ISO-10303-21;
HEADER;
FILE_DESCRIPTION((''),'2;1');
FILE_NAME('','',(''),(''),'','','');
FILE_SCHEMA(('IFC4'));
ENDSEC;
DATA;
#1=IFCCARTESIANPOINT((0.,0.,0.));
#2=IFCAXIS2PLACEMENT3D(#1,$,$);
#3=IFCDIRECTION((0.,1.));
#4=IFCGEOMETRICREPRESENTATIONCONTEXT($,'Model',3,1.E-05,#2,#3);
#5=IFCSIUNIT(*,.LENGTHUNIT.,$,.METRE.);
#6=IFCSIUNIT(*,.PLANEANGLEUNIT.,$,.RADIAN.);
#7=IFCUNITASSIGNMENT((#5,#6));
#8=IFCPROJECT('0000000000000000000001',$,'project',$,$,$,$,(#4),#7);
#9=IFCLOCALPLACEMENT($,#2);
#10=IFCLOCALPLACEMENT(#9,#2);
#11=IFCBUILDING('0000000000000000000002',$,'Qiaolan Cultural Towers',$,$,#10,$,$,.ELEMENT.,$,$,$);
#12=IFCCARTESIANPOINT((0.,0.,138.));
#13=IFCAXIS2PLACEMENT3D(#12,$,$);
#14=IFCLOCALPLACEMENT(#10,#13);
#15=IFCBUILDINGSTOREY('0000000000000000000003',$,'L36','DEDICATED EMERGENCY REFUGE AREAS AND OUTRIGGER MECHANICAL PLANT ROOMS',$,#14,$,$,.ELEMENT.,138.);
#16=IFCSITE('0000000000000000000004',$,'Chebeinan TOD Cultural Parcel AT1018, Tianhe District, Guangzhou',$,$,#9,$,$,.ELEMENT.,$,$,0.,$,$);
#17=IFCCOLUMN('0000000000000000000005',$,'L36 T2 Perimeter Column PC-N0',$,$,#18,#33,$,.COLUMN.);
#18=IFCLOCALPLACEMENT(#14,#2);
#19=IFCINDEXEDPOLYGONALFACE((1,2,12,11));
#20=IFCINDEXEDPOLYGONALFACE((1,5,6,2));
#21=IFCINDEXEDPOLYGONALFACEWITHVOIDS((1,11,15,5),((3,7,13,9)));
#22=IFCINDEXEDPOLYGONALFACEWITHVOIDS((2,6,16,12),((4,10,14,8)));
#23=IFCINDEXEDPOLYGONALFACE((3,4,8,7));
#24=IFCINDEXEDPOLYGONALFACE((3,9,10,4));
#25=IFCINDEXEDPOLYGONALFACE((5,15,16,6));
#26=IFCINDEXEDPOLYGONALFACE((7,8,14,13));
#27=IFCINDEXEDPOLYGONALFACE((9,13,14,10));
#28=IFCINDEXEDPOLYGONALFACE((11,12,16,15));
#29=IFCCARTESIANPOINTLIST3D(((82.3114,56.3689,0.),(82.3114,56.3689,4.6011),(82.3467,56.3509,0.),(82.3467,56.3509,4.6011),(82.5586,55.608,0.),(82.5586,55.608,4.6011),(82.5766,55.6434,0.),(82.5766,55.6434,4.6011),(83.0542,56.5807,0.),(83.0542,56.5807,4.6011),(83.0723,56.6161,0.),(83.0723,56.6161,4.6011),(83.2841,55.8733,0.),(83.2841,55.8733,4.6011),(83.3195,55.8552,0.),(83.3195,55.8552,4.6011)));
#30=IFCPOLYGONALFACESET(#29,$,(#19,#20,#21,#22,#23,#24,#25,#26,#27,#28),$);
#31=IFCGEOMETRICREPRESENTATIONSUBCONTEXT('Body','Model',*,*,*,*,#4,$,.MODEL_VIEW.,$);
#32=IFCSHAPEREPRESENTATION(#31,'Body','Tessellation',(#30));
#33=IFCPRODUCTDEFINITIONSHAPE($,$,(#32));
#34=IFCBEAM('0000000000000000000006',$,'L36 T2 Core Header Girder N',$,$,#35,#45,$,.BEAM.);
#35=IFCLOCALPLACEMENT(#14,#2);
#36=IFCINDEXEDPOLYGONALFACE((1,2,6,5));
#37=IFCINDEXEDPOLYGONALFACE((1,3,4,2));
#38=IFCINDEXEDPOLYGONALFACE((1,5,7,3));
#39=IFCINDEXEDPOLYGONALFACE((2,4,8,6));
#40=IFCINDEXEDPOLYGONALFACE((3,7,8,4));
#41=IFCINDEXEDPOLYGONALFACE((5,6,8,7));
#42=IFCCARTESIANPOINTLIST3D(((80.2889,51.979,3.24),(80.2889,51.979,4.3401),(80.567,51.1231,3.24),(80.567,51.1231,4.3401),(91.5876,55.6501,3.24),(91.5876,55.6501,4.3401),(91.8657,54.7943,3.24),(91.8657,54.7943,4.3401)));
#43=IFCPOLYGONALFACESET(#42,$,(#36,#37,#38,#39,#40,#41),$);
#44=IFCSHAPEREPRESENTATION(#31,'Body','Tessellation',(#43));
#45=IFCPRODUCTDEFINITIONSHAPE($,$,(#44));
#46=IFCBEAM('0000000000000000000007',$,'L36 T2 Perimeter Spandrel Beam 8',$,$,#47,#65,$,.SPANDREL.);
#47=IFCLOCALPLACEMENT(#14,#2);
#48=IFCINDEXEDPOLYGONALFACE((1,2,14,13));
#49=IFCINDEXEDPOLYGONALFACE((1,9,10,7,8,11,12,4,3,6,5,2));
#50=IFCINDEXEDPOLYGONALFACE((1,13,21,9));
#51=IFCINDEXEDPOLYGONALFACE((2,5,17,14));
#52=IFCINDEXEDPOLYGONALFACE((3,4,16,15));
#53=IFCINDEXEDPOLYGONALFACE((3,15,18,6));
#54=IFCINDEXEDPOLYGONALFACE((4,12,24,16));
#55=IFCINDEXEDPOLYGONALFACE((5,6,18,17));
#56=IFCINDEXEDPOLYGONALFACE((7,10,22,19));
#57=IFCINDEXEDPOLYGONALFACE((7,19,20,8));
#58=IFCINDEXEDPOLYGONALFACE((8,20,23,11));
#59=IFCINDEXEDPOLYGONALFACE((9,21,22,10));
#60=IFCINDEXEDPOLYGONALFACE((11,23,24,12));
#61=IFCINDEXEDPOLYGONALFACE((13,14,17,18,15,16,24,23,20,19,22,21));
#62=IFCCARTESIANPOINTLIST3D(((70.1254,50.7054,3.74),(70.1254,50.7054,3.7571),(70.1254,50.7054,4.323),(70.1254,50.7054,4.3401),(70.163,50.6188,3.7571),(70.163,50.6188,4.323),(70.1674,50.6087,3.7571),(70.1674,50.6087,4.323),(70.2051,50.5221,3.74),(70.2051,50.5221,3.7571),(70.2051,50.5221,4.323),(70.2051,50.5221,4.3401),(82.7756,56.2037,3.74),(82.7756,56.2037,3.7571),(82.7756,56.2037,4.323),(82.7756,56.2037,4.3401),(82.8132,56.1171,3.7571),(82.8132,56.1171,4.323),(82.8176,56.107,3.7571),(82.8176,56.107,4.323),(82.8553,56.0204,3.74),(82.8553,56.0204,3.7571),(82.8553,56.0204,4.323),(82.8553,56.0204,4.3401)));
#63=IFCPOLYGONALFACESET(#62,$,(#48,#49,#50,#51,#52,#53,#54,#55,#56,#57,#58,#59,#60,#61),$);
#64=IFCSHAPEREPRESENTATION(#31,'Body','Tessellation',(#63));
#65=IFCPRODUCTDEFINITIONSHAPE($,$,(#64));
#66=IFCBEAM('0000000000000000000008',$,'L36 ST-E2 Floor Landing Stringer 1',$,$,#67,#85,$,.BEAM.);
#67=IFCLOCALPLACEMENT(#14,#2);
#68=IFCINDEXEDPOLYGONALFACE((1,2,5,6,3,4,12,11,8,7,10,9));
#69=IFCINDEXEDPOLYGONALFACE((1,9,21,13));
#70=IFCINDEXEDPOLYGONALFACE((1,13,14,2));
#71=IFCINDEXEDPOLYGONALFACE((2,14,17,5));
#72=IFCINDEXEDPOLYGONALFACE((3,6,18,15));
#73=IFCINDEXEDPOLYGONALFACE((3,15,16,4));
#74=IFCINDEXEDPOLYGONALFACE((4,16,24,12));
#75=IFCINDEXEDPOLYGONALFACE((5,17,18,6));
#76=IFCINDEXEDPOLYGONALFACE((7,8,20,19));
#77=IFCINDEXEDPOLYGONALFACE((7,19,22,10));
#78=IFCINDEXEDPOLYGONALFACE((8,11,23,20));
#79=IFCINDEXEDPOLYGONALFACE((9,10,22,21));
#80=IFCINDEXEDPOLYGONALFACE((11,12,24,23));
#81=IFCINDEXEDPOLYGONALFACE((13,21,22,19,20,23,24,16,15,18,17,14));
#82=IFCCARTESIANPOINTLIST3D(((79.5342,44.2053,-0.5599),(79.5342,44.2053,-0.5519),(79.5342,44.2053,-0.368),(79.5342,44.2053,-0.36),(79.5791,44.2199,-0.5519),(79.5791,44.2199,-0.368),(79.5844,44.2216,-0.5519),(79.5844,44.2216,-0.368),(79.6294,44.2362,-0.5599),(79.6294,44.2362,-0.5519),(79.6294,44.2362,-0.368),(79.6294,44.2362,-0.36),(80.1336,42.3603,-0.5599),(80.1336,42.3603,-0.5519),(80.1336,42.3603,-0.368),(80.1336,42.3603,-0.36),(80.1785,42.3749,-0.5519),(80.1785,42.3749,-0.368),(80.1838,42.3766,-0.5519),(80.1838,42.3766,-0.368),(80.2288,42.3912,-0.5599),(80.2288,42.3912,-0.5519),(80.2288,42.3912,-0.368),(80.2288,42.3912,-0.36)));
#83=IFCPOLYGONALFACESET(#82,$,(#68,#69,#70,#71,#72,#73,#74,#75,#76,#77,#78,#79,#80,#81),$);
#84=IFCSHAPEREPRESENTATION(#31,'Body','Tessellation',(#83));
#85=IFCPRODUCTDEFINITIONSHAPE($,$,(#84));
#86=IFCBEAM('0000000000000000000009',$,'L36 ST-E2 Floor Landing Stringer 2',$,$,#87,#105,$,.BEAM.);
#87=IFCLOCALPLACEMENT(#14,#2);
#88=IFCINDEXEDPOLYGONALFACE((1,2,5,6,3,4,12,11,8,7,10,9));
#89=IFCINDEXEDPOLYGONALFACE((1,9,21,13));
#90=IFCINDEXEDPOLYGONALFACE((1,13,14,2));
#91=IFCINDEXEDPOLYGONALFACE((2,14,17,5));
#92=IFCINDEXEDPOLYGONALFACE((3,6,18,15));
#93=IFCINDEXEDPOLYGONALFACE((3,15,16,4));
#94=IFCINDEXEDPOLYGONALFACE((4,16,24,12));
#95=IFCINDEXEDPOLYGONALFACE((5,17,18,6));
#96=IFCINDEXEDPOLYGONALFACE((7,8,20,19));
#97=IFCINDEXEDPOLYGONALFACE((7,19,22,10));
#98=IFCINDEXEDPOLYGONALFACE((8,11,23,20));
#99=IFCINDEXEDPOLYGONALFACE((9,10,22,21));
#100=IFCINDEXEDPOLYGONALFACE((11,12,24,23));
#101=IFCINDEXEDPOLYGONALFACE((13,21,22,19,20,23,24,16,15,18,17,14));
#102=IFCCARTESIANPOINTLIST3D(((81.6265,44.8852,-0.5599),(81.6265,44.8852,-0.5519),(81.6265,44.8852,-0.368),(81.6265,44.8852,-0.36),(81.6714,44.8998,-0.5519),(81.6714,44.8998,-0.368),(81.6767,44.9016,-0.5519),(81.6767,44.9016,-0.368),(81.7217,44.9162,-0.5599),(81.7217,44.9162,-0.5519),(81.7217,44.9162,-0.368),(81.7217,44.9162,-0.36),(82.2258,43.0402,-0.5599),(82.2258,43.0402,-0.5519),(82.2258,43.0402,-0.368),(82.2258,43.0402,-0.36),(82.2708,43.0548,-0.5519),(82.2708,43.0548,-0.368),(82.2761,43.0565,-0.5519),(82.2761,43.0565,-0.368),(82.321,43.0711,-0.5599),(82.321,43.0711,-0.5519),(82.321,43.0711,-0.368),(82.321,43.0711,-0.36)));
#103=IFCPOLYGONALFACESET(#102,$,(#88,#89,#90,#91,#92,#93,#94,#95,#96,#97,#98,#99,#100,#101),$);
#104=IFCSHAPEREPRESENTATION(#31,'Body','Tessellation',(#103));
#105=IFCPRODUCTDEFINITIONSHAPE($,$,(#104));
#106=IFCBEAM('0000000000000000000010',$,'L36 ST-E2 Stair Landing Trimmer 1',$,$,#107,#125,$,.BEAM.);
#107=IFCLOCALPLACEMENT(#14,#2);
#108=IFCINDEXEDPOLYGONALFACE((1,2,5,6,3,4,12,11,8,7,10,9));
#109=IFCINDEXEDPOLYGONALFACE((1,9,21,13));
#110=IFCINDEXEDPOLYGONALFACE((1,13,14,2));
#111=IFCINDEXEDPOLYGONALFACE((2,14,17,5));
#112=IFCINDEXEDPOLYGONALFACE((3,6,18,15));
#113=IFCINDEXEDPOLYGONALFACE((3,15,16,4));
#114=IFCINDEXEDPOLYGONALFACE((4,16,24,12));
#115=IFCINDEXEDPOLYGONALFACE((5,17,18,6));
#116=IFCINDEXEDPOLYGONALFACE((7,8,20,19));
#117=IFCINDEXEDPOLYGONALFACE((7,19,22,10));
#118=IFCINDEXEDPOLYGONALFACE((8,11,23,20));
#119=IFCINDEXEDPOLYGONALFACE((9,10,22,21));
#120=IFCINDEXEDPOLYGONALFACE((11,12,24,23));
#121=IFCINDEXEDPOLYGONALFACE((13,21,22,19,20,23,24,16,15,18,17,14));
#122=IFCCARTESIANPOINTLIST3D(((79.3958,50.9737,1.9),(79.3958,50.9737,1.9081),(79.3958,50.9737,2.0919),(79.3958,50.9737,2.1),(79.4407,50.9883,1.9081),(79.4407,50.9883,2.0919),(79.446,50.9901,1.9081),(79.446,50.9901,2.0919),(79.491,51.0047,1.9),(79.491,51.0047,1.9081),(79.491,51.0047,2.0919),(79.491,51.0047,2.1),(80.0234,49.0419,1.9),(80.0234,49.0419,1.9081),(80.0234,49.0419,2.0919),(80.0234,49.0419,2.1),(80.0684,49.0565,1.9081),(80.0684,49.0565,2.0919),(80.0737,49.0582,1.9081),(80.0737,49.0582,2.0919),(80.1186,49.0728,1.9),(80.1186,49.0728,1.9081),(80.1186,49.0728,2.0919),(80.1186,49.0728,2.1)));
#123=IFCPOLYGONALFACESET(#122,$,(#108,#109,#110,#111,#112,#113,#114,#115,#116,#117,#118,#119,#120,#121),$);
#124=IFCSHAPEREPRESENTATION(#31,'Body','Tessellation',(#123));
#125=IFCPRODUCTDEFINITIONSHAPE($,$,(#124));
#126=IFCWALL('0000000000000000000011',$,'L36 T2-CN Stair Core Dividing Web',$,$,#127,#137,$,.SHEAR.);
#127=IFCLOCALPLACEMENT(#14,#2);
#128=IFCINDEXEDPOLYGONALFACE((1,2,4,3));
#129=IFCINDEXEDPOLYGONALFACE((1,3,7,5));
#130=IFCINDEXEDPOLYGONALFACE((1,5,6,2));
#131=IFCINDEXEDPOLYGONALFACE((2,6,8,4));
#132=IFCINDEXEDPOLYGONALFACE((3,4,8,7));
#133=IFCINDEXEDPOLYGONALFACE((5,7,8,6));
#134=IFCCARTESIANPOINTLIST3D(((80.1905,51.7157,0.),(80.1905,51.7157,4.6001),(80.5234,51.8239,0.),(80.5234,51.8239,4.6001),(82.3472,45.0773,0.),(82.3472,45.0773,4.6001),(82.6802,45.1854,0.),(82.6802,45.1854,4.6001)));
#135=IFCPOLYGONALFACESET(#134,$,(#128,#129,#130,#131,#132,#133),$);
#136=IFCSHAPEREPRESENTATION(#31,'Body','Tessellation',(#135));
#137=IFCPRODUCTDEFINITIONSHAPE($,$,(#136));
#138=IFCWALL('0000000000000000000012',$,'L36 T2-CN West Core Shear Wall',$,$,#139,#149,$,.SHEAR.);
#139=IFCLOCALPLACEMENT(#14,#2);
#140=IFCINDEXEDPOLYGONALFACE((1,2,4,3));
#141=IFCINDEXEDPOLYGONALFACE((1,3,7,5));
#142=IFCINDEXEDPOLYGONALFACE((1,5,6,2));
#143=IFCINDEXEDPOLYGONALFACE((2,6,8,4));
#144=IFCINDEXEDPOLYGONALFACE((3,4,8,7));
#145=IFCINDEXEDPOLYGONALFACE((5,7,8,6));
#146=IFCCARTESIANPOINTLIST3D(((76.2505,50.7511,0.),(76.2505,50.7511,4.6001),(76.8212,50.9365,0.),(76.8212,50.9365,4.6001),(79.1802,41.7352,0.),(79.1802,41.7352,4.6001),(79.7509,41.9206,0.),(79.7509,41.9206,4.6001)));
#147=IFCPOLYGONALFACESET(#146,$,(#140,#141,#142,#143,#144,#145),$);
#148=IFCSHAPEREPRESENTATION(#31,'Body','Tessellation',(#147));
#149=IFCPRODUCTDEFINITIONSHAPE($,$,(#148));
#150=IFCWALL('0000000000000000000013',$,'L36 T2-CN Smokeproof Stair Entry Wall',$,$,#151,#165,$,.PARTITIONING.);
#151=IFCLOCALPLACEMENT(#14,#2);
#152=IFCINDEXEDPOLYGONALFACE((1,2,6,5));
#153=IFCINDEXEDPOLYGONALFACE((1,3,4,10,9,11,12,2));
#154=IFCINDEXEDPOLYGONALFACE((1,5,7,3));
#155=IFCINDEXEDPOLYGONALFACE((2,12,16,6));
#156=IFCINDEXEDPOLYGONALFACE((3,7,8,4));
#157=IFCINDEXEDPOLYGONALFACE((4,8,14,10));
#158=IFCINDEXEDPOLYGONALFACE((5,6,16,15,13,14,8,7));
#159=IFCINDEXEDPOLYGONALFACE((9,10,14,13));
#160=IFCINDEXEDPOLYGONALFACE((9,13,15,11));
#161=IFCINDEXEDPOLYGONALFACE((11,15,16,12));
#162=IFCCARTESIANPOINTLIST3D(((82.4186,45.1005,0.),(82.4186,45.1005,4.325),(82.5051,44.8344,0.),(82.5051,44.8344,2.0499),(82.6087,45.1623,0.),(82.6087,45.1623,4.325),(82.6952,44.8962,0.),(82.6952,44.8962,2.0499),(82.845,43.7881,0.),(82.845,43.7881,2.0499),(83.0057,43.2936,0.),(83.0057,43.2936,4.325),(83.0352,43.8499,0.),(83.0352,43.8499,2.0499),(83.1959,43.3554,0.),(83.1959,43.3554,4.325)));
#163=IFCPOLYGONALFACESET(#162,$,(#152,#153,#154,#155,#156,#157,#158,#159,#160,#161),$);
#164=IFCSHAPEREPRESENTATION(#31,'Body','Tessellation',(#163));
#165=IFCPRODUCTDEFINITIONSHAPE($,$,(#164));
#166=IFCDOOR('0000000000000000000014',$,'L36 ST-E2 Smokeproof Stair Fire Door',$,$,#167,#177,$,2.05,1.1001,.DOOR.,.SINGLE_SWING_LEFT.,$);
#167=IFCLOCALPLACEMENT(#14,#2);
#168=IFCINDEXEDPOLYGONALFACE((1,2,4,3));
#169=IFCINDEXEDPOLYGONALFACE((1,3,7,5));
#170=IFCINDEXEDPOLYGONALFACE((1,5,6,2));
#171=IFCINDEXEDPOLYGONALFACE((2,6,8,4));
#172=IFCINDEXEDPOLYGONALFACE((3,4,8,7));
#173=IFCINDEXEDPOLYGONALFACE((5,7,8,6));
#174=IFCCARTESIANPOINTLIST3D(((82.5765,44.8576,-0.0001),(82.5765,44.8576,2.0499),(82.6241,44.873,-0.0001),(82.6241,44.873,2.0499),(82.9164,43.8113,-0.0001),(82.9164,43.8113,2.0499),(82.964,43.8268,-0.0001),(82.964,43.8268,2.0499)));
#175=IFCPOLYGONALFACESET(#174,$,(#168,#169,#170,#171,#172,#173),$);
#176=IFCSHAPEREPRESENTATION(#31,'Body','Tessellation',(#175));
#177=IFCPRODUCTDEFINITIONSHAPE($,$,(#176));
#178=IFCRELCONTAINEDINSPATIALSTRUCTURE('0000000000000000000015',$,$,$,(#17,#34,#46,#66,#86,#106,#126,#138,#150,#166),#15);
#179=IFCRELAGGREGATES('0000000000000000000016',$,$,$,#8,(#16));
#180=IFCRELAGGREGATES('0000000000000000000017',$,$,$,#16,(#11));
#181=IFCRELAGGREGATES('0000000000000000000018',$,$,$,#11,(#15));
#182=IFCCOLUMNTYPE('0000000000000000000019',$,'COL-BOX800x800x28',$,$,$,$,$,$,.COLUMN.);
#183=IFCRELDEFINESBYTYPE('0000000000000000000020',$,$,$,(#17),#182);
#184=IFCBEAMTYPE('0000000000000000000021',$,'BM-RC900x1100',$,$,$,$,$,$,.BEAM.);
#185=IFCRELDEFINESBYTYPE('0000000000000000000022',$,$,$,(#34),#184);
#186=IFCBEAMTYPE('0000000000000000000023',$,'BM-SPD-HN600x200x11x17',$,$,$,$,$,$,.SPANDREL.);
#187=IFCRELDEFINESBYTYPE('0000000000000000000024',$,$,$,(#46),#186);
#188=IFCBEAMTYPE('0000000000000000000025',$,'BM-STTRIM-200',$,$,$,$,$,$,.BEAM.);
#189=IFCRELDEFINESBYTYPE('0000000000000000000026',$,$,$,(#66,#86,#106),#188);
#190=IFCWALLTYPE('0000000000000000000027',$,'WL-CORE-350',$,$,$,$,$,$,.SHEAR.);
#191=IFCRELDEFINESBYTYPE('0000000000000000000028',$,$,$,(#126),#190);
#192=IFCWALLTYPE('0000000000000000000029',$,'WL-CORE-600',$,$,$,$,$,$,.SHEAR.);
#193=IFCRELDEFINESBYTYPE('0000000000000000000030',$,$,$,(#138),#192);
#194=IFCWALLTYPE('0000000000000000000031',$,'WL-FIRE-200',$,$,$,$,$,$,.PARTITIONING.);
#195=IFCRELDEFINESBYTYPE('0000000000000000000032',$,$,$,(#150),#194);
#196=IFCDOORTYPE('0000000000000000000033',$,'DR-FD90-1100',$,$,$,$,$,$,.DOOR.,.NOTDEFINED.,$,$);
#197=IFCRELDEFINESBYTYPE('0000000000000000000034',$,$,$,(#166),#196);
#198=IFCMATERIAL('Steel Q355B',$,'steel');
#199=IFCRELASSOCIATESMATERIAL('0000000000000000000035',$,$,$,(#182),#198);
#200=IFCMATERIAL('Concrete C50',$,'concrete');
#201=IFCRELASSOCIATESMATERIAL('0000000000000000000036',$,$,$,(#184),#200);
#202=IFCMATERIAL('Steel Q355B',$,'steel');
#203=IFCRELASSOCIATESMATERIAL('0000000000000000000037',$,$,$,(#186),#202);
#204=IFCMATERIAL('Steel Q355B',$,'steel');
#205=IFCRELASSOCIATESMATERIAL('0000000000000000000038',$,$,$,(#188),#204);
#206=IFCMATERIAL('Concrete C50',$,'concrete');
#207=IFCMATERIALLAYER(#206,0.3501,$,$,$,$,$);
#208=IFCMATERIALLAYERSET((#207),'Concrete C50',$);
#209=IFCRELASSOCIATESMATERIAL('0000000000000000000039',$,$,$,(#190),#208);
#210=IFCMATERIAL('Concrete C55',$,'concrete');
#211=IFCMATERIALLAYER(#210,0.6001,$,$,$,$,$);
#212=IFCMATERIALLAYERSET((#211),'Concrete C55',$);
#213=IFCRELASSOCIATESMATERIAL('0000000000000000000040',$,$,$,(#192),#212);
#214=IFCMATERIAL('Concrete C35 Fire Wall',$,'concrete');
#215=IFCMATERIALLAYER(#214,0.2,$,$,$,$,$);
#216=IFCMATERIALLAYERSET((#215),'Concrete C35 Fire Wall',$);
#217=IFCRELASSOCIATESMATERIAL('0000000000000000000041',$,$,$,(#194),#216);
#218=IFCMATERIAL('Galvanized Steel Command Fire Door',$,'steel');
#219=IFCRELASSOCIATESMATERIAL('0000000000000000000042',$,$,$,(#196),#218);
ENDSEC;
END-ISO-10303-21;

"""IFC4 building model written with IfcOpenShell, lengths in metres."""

from ifc_helpers import new_model, si_unit, direction, frame, frame_2d, origin, origin_2d, place, context, subcontext, project, spatial, rectangle, hollow_rectangle, i_section, extrude, material, layer, layer_set, material_profile, profile_set, type_object, element, fill, save


model = new_model("IFC4")

# Units and contexts
model_context = context("Model", 3, precision=1e-05, world=origin(), true_north=direction((0.0, 1.0)))
body_context = subcontext(model_context, "Body", "Model", "MODEL_VIEW")
ifc_project = project(units=[si_unit("LENGTHUNIT", "METRE"), si_unit("PLANEANGLEUNIT", "RADIAN")], contexts=[model_context])

# Site, building, storey
site_placement = place(None, origin())
site = spatial("IfcSite", under=ifc_project, at=site_placement, Name="Chebeinan TOD Cultural Parcel AT1018, Tianhe District, Guangzhou", CompositionType="ELEMENT", RefElevation=0.0)
building_placement = place(site_placement, origin())
building = spatial("IfcBuilding", under=site, at=building_placement, Name="Qiaolan Cultural Towers", CompositionType="ELEMENT")
storey_placement = place(building_placement, frame((0.0, 0.0, 138.0)))
storey = spatial("IfcBuildingStorey", under=building, at=storey_placement, Name="L36", Description="DEDICATED EMERGENCY REFUGE AREAS AND OUTRIGGER MECHANICAL PLANT ROOMS", CompositionType="ELEMENT", Elevation=138.0)

# Column
ifc_material_1 = material(Name="Steel Q355B", Category="steel")
ifc_material_profile_1 = material_profile(ifc_material_1, hollow_rectangle(XDim=0.8, YDim=0.8, WallThickness=0.0281, at=origin_2d()), Name="BOX800x800x28")
ifc_profile_set_1 = profile_set([ifc_material_profile_1], Name="Steel Q355B")
column_type = type_object("IfcColumnType", Name="COL-BOX800x800x28", PredefinedType="COLUMN", material=ifc_profile_set_1)
column_placement = place(storey_placement, frame((82.8154, 56.1121, 0.0), z_axis=(0.0, 0.0, 1.0), x_axis=(0.951057, 0.309017, 0.0)))
element("IfcColumn", 1, at=column_placement, inside=storey, type_object=column_type, Name="L36 T2 Perimeter Column PC-N0", PredefinedType="COLUMN", context=body_context, shape_type="SweptSolid", body=[
    extrude(hollow_rectangle(XDim=0.8, YDim=0.8, WallThickness=0.0281, at=origin_2d()), origin(), (0.0, 0.0, 1.0), 4.6011),
])

# Beams
ifc_material_2 = material(Name="Concrete C50", Category="concrete")
ifc_material_profile_2 = material_profile(ifc_material_2, rectangle(XDim=0.8999, YDim=1.1001, at=origin_2d()), Name="RC900x1100")
ifc_profile_set_2 = profile_set([ifc_material_profile_2], Name="Concrete C50")
beam_type_1 = type_object("IfcBeamType", Name="BM-RC900x1100", PredefinedType="BEAM", material=ifc_profile_set_2)
beam_1_placement = place(storey_placement, frame((80.428, 51.551, 3.79), z_axis=(0.951056, 0.309018, 0.0), x_axis=(-0.309018, 0.951056, 0.0)))
element("IfcBeam", 2, at=beam_1_placement, inside=storey, type_object=beam_type_1, Name="L36 T2 Core Header Girder N", PredefinedType="BEAM", context=body_context, shape_type="SweptSolid", body=[
    extrude(rectangle(XDim=0.8999, YDim=1.1001, at=origin_2d()), origin(), (0.0, 0.0, 1.0), 11.8801),
])
ifc_material_3 = material(Name="Steel Q355B", Category="steel")
ifc_material_profile_3 = material_profile(ifc_material_3, i_section(OverallWidth=0.2, OverallDepth=0.6001, WebThickness=0.011, FlangeThickness=0.0171, at=origin_2d()), Name="HN600x200x11x17")
ifc_profile_set_3 = profile_set([ifc_material_profile_3], Name="Steel Q355B")
beam_type_2 = type_object("IfcBeamType", Name="BM-SPD-HN600x200x11x17", PredefinedType="SPANDREL", material=ifc_profile_set_3)
beam_2_placement = place(storey_placement, frame((82.8154, 56.1121, 4.04), z_axis=(-0.917117, -0.398618, 0.0), x_axis=(0.398618, -0.917117, 0.0)))
element("IfcBeam", 3, at=beam_2_placement, inside=storey, type_object=beam_type_2, Name="L36 T2 Perimeter Spandrel Beam 8", PredefinedType="SPANDREL", context=body_context, shape_type="SweptSolid", body=[
    extrude(i_section(OverallWidth=0.2, OverallDepth=0.6001, WebThickness=0.011, FlangeThickness=0.0171, at=origin_2d()), origin(), (0.0, 0.0, 1.0), 13.7935),
])
ifc_material_4 = material(Name="Steel Q355B", Category="steel")
ifc_material_profile_4 = material_profile(ifc_material_4, i_section(OverallWidth=0.1001, OverallDepth=0.2, WebThickness=0.0056, FlangeThickness=0.0081, at=origin_2d()), Name="HN200x100x5.5x8")
ifc_profile_set_4 = profile_set([ifc_material_profile_4], Name="Steel Q355B")
beam_type_3 = type_object("IfcBeamType", Name="BM-STTRIM-200", PredefinedType="BEAM", material=ifc_profile_set_4)
for number, where, z_axis, x_axis, name in (
    (4, (80.1812, 42.3757, -0.46), (-0.308969, 0.951072, 0.0), (-0.951072, -0.308969, 0.0), "L36 ST-E2 Floor Landing Stringer 1"),
    (5, (82.2734, 43.0557, -0.46), (-0.308969, 0.951072, 0.0), (-0.951072, -0.308969, 0.0), "L36 ST-E2 Floor Landing Stringer 2"),
):
    element("IfcBeam", number, at=place(storey_placement, frame(where, z_axis=z_axis, x_axis=x_axis)), inside=storey, type_object=beam_type_3, Name=name, PredefinedType="BEAM", context=body_context, shape_type="SweptSolid", body=[
        extrude(i_section(OverallWidth=0.1001, OverallDepth=0.2, WebThickness=0.0056, FlangeThickness=0.0081, at=origin_2d()), origin(), (0.0, 0.0, 1.0), 1.9399),
    ])
beam_3_placement = place(storey_placement, frame((80.071, 49.0574, 2.0), z_axis=(-0.309007, 0.95106, 0.0), x_axis=(-0.95106, -0.309007, 0.0)))
element("IfcBeam", 6, at=beam_3_placement, inside=storey, type_object=beam_type_3, Name="L36 ST-E2 Stair Landing Trimmer 1", PredefinedType="BEAM", context=body_context, shape_type="SweptSolid", body=[
    extrude(i_section(OverallWidth=0.1001, OverallDepth=0.2, WebThickness=0.0056, FlangeThickness=0.0081, at=origin_2d()), origin(), (0.0, 0.0, 1.0), 2.0312),
])

# Walls
ifc_material_5 = material(Name="Concrete C50", Category="concrete")
ifc_layer_1 = layer(ifc_material_5, 0.3501)
ifc_layer_set_1 = layer_set([ifc_layer_1], Name="Concrete C50")
wall_type_1 = type_object("IfcWallType", Name="WL-CORE-350", PredefinedType="SHEAR", material=ifc_layer_set_1)
wall_1_placement = place(storey_placement, frame((82.5137, 45.1313, 0.0), z_axis=(0.0, 0.0, 1.0), x_axis=(-0.308989, 0.951066, 0.0)))
element("IfcWall", 7, at=wall_1_placement, inside=storey, type_object=wall_type_1, Name="L36 T2-CN Stair Core Dividing Web", PredefinedType="SHEAR", context=body_context, shape_type="SweptSolid", body=[
    extrude(rectangle(XDim=6.98, YDim=0.3501, at=frame_2d((3.49, 0.0))), origin(), (0.0, 0.0, 1.0), 4.6001),
])
ifc_material_6 = material(Name="Concrete C55", Category="concrete")
ifc_layer_2 = layer(ifc_material_6, 0.6001)
ifc_layer_set_2 = layer_set([ifc_layer_2], Name="Concrete C55")
wall_type_2 = type_object("IfcWallType", Name="WL-CORE-600", PredefinedType="SHEAR", material=ifc_layer_set_2)
wall_2_placement = place(storey_placement, frame((79.4656, 41.8279, 0.0), z_axis=(0.0, 0.0, 1.0), x_axis=(-0.309041, 0.951049, 0.0)))
element("IfcWall", 8, at=wall_2_placement, inside=storey, type_object=wall_type_2, Name="L36 T2-CN West Core Shear Wall", PredefinedType="SHEAR", context=body_context, shape_type="SweptSolid", body=[
    extrude(rectangle(XDim=9.48, YDim=0.6001, at=frame_2d((4.74, 0.0))), origin(), (0.0, 0.0, 1.0), 4.6001),
])

# Wall, opening, door
ifc_material_7 = material(Name="Concrete C35 Fire Wall", Category="concrete")
ifc_layer_3 = layer(ifc_material_7, 0.2)
ifc_layer_set_3 = layer_set([ifc_layer_3], Name="Concrete C35 Fire Wall")
wall_type_3 = type_object("IfcWallType", Name="WL-FIRE-200", PredefinedType="PARTITIONING", material=ifc_layer_set_3)
wall_3_placement = place(storey_placement, frame((83.1008, 43.3245, 0.0), z_axis=(0.0, 0.0, 1.0), x_axis=(-0.309048, 0.951046, 0.0)))
wall_3 = element("IfcWall", 9, at=wall_3_placement, inside=storey, type_object=wall_type_3, Name="L36 T2-CN Smokeproof Stair Entry Wall", PredefinedType="PARTITIONING", context=body_context, shape_type="SweptSolid", body=[
    extrude(rectangle(XDim=1.8999, YDim=0.2, at=frame_2d((0.95, 0.0))), origin(), (0.0, 0.0, 1.0), 4.325),
])
opening_1_placement = place(wall_3_placement, frame((0.52, 0.0, 0.0)))
opening_1 = element("IfcOpeningElement", 10, at=opening_1_placement, cuts=wall_3, PredefinedType="OPENING", context=body_context, shape_type="SweptSolid", body=[
    extrude(rectangle(XDim=1.1001, YDim=2.05, at=frame_2d((0.55, 1.0249))), frame((0.0, 0.1099, 0.0), z_axis=(0.0, -1.0, 0.0), x_axis=(1.0, 0.0, 0.0)), (0.0, 0.0, 1.0), 0.22),
])
ifc_material_8 = material(Name="Galvanized Steel Command Fire Door", Category="steel")
door_type_1 = type_object("IfcDoorType", Name="DR-FD90-1100", OperationType="NOTDEFINED", PredefinedType="DOOR", material=ifc_material_8)
door_1_placement = place(opening_1_placement, origin())
door_1 = element("IfcDoor", 11, at=door_1_placement, inside=storey, type_object=door_type_1, Name="L36 ST-E2 Smokeproof Stair Fire Door", OperationType="SINGLE_SWING_LEFT", OverallHeight=2.05, OverallWidth=1.1001, PredefinedType="DOOR", context=body_context, shape_type="SweptSolid", body=[
    extrude(rectangle(XDim=1.1001, YDim=2.05, at=frame_2d((0.55, 1.0249))), frame((0.0, 0.0249, 0.0), z_axis=(0.0, -1.0, 0.0), x_axis=(1.0, 0.0, 0.0)), (0.0, 0.0, 1.0), 0.05),
])
fill(opening_1, door_1)

save(model, "model.ifc")
